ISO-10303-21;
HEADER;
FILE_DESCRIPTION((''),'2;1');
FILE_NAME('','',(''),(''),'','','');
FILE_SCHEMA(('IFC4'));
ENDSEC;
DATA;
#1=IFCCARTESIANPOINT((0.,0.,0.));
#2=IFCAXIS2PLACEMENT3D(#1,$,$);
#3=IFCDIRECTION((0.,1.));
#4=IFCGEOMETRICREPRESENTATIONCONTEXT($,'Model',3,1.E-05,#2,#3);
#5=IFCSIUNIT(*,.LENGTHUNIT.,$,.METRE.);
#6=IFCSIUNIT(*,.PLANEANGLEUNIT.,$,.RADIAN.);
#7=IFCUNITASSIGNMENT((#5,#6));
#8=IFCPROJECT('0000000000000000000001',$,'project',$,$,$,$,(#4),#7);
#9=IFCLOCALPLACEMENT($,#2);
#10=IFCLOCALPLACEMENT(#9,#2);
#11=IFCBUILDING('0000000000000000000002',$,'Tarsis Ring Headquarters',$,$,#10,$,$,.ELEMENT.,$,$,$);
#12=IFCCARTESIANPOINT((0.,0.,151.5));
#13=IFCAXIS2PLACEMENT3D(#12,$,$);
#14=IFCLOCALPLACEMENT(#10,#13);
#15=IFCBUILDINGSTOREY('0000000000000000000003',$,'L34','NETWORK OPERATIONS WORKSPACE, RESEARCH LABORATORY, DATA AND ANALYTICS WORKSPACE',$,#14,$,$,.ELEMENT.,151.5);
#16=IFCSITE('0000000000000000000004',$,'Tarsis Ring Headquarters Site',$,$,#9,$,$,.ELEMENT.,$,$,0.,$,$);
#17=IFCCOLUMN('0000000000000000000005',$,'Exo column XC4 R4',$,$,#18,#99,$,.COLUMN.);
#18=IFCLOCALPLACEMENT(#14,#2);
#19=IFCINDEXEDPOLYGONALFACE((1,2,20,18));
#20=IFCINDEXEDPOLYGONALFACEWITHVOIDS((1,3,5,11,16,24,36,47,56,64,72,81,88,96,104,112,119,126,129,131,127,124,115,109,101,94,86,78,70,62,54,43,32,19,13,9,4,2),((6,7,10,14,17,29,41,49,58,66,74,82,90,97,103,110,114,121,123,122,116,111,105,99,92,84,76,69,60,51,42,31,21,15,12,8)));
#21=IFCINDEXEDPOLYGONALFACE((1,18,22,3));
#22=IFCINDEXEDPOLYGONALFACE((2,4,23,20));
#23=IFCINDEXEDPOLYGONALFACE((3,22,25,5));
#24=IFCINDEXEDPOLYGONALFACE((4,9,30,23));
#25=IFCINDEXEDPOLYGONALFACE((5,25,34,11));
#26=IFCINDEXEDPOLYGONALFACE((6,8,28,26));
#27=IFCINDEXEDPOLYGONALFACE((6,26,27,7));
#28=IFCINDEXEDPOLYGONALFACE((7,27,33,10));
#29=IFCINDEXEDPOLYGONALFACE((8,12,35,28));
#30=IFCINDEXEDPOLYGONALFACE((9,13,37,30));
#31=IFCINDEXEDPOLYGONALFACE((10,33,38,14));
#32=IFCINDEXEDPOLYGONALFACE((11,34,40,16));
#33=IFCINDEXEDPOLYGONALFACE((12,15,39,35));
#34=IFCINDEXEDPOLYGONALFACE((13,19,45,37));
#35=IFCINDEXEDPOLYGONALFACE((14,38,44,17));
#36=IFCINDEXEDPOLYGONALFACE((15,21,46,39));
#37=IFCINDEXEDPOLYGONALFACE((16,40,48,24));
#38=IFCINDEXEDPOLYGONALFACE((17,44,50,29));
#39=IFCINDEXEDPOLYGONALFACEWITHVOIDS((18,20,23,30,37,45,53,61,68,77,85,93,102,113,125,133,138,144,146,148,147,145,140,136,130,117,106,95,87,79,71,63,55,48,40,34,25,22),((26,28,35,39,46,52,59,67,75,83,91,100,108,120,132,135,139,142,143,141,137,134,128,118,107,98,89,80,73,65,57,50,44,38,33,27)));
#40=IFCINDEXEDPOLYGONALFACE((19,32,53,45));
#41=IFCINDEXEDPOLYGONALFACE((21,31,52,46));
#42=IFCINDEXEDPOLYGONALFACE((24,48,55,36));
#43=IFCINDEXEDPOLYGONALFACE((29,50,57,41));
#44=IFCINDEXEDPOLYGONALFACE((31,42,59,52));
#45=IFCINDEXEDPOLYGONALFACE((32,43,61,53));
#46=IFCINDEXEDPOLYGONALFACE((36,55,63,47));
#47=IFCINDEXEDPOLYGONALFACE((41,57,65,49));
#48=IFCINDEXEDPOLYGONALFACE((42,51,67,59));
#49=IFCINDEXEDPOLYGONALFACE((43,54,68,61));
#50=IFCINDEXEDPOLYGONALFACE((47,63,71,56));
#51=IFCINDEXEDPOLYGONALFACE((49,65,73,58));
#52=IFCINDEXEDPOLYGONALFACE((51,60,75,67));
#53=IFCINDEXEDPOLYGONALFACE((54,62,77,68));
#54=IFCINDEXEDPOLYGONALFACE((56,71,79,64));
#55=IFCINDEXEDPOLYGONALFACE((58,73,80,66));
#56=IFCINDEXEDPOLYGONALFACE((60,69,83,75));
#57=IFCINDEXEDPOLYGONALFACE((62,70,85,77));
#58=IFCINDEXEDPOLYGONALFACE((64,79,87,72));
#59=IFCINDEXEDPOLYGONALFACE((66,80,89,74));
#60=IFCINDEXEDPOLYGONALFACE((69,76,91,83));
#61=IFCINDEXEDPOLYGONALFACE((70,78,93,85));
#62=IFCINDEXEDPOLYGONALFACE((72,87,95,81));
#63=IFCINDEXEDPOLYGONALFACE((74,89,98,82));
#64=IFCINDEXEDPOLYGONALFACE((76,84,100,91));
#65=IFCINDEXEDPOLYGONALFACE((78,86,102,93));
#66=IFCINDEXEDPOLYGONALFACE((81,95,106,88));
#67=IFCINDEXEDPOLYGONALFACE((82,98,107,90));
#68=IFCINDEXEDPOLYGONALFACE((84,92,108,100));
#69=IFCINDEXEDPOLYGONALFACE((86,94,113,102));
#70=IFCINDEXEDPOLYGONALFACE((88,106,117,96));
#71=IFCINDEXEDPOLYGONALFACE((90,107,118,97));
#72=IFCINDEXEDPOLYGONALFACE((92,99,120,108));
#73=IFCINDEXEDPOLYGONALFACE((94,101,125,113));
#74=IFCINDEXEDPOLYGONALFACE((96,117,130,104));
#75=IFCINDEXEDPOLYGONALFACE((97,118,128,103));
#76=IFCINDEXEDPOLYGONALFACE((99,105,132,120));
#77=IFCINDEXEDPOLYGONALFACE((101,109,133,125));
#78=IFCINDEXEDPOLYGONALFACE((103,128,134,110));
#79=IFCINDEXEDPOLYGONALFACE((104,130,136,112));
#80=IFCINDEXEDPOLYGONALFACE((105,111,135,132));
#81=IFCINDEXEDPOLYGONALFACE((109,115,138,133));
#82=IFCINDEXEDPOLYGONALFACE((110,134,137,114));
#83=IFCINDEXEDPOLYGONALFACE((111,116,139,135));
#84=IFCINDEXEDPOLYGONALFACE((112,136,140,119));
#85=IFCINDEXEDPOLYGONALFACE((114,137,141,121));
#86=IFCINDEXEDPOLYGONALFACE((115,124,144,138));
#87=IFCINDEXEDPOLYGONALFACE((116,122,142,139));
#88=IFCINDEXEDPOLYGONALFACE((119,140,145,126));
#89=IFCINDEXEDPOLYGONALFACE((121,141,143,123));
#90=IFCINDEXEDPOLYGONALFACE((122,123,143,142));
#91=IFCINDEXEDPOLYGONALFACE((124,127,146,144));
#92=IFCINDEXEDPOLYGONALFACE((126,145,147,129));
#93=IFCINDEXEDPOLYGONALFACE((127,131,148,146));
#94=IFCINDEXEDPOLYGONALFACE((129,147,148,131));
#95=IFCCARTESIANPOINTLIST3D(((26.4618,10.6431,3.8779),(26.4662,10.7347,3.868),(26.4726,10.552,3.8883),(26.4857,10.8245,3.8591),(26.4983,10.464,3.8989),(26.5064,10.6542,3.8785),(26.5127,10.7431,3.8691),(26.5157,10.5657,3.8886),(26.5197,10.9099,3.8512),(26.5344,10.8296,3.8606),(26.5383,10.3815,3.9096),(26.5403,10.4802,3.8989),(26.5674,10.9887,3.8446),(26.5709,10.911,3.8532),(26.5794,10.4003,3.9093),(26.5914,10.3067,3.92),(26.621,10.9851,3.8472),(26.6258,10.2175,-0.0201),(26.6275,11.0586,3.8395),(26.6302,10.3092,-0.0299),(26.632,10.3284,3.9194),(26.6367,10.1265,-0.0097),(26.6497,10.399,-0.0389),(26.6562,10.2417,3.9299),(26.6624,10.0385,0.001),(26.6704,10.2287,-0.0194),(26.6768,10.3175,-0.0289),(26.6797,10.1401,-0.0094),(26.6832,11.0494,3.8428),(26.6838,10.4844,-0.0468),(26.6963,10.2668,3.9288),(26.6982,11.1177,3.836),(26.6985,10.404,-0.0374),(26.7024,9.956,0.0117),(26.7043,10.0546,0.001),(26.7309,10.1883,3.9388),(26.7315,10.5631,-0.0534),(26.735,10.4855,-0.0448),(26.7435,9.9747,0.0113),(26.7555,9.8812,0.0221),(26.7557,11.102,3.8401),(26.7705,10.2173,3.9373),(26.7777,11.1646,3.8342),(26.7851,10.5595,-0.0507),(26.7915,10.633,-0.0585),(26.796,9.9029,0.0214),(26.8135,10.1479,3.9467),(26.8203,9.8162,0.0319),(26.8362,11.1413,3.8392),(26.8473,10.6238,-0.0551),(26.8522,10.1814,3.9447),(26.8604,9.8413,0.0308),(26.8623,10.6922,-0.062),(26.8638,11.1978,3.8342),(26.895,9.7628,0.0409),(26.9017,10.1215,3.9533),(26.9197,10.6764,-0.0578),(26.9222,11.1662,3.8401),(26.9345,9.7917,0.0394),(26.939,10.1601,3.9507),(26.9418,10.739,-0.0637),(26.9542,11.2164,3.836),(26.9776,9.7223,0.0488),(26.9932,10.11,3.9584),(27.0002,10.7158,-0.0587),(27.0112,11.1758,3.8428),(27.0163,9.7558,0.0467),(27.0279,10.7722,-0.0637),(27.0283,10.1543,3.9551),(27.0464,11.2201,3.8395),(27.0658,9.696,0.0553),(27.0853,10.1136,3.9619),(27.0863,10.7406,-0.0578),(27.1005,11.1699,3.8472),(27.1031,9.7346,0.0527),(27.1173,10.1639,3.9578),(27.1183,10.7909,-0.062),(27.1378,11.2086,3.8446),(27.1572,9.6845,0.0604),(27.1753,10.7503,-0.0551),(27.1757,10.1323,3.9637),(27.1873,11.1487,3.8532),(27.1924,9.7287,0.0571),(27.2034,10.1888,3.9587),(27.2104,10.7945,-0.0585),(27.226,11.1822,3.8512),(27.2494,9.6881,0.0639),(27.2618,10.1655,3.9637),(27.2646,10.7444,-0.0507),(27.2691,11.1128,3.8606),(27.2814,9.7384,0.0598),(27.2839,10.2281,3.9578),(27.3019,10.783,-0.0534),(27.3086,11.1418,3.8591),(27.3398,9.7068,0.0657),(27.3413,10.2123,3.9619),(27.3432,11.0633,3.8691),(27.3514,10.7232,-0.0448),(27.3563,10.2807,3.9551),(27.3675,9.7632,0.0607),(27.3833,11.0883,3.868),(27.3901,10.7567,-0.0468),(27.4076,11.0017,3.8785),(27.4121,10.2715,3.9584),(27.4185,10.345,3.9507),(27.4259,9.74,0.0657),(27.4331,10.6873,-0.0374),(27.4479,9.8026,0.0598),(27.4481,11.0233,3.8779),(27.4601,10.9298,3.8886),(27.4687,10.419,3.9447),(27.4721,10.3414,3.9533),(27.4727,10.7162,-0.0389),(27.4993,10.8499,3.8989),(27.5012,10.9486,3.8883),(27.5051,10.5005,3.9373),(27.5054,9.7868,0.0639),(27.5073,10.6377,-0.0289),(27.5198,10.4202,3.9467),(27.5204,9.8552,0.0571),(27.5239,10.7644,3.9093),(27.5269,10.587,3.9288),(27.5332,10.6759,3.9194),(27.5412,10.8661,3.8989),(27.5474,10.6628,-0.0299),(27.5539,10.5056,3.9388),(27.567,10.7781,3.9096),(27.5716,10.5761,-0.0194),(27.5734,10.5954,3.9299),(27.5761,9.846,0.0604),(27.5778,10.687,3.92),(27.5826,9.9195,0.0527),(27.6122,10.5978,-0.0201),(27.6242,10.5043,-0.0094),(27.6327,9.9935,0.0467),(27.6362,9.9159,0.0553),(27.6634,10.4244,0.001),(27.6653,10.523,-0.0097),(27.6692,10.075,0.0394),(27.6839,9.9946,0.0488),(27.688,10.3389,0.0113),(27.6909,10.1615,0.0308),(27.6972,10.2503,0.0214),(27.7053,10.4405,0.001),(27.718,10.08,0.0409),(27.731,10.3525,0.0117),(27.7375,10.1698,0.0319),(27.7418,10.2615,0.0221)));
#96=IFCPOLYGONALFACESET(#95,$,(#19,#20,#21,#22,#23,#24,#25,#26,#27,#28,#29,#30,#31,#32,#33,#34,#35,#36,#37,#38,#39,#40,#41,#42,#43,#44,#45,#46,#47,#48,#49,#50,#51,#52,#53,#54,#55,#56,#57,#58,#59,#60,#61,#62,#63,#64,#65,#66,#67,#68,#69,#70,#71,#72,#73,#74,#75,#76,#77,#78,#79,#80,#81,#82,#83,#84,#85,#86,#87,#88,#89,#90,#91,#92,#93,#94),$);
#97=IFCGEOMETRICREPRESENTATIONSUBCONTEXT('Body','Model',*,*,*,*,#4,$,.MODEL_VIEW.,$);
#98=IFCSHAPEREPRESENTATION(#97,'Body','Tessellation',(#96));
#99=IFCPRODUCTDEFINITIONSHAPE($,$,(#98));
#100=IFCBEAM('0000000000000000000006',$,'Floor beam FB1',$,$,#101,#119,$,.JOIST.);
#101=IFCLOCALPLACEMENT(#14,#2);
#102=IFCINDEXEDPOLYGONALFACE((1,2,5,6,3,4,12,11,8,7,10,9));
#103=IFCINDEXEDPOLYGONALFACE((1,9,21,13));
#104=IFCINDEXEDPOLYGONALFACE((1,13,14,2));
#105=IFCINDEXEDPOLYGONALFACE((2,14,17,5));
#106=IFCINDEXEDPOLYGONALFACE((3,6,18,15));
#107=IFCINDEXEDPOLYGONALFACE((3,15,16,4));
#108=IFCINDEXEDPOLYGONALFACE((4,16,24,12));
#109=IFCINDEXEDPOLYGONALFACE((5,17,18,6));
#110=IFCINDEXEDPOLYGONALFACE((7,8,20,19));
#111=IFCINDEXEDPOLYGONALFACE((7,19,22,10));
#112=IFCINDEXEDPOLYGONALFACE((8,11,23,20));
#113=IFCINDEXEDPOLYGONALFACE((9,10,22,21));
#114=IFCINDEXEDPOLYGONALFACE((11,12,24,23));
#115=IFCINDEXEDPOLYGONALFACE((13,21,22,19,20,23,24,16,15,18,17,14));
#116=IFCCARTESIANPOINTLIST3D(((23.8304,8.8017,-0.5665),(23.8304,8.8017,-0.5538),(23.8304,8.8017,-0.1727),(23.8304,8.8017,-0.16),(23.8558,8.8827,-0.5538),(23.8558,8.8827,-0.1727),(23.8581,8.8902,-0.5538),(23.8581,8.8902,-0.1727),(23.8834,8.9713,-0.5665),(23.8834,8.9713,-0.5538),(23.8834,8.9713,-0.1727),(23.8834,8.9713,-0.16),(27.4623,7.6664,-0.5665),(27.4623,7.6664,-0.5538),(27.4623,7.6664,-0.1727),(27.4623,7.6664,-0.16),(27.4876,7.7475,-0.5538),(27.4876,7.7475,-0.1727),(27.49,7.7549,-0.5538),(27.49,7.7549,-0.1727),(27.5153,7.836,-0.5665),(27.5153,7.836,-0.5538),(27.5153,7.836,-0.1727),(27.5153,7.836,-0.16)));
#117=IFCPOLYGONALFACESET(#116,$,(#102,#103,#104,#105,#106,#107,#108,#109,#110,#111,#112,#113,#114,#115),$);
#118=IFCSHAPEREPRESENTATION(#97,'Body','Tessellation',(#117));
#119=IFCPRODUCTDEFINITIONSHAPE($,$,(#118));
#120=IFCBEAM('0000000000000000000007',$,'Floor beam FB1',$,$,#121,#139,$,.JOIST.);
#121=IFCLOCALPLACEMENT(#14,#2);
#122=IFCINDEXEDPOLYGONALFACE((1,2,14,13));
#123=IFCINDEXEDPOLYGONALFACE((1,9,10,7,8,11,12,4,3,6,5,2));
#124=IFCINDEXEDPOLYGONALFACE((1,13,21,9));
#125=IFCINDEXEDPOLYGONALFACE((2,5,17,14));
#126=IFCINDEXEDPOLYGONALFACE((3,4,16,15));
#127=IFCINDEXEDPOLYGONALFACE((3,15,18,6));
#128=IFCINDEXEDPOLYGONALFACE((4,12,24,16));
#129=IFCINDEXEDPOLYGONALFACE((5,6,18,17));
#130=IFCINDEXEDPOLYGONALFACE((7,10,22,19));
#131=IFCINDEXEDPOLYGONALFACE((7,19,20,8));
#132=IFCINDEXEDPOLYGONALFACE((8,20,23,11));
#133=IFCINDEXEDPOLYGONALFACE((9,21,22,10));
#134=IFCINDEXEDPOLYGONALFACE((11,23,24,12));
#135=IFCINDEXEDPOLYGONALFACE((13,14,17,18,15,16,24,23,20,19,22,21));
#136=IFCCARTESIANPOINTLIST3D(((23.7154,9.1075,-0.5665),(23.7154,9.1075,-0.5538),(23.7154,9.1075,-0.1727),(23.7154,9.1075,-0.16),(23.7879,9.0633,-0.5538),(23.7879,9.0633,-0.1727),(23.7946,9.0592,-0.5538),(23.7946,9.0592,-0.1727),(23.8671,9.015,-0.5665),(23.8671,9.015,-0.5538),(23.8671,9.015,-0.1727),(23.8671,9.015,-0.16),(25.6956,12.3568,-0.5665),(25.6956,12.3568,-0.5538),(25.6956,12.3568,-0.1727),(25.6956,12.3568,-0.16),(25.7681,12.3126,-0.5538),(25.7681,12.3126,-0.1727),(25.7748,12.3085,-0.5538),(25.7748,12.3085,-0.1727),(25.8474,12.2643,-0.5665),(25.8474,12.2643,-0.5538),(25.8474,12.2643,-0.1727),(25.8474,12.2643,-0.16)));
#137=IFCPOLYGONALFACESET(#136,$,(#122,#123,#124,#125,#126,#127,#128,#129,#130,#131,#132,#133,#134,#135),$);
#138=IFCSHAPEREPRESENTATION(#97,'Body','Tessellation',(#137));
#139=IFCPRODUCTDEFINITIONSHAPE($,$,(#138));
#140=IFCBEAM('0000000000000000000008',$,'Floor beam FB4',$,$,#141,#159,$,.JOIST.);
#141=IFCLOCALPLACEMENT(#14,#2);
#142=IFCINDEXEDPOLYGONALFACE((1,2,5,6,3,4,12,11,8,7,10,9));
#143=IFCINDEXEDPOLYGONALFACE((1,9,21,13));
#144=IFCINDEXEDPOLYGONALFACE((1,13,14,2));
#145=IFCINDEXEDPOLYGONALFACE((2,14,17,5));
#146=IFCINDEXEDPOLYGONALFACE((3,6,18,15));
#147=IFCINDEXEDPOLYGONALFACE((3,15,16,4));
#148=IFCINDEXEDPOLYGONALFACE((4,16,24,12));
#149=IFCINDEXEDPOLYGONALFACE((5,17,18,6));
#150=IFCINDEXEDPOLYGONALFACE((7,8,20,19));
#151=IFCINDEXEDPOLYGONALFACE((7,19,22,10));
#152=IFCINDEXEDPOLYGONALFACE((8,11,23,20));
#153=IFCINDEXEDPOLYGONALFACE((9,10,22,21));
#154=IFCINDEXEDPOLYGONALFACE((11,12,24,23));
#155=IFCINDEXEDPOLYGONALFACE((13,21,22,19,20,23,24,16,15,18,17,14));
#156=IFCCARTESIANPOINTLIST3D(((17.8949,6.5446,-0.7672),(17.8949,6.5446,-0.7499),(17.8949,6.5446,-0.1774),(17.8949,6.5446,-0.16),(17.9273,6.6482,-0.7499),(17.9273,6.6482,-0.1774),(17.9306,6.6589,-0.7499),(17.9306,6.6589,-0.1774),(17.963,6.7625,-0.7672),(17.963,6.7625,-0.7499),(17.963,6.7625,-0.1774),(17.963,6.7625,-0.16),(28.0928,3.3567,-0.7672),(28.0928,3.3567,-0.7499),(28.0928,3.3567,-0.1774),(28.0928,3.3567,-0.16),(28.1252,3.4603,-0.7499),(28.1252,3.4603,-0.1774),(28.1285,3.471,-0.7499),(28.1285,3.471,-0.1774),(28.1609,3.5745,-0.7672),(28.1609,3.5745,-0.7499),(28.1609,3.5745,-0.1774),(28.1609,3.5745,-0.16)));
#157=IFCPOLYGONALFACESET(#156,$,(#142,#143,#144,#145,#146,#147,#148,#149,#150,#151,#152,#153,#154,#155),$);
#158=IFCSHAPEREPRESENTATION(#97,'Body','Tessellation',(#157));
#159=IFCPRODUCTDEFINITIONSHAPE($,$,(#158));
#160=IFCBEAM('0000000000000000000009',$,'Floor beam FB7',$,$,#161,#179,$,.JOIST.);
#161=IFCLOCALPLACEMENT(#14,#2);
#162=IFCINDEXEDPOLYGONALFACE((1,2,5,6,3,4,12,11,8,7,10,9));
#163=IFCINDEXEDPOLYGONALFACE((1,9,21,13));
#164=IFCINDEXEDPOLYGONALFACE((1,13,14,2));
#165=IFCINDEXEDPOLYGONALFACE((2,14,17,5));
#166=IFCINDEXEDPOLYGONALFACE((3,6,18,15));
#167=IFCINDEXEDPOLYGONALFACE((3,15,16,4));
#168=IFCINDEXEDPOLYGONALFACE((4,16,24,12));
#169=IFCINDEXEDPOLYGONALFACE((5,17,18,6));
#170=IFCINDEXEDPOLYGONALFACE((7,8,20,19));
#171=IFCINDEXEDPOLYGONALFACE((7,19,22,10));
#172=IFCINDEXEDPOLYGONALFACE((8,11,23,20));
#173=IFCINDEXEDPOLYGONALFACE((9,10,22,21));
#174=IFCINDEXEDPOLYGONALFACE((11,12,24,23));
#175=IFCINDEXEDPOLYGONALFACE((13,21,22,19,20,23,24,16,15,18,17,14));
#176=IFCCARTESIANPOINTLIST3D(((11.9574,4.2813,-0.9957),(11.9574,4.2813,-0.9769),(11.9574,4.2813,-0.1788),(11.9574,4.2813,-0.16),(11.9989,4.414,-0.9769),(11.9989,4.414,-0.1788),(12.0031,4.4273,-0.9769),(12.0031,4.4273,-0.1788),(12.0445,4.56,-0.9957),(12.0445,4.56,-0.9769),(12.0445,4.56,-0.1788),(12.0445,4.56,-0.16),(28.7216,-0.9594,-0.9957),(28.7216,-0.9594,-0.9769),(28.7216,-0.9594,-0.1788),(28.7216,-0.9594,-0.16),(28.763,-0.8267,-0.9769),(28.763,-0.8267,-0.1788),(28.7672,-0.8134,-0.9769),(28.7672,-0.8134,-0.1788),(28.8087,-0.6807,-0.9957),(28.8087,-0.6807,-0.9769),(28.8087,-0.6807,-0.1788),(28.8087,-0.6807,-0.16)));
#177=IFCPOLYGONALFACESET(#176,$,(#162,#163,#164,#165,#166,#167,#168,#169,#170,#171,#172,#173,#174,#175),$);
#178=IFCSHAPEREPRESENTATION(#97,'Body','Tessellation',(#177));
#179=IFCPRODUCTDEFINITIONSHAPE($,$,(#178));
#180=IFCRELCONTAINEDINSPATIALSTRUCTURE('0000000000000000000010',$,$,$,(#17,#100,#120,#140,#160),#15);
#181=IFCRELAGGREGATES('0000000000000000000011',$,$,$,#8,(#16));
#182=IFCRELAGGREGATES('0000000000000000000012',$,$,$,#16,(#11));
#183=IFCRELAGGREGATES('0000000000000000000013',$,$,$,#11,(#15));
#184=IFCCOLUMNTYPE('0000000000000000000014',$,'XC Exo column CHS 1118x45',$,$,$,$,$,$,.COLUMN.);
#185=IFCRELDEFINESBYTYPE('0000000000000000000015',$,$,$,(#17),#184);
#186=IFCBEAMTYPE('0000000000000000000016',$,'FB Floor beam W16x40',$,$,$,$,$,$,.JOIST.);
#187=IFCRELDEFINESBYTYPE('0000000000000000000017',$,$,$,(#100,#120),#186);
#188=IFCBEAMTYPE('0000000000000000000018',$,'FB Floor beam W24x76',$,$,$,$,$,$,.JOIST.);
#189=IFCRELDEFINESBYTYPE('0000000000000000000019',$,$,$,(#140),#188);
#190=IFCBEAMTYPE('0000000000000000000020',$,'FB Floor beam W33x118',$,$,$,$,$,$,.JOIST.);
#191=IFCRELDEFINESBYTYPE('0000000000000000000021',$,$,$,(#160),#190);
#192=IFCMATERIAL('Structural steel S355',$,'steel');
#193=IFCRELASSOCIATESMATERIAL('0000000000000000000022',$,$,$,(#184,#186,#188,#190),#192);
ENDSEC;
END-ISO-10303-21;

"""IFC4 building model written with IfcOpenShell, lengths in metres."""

from ifc_helpers import new_model, si_unit, direction, frame, origin, origin_2d, place, context, subcontext, project, spatial, hollow_circle, i_section, extrude, material, material_profile, profile_set, type_object, element, save


model = new_model("IFC4")

# Units and contexts
model_context = context("Model", 3, precision=1e-05, world=origin(), true_north=direction((0.0, 1.0)))
body_context = subcontext(model_context, "Body", "Model", "MODEL_VIEW")
ifc_project = project(units=[si_unit("LENGTHUNIT", "METRE"), si_unit("PLANEANGLEUNIT", "RADIAN")], contexts=[model_context])

# Site, building, storey
site_placement = place(None, origin())
site = spatial("IfcSite", under=ifc_project, at=site_placement, Name="Tarsis Ring Headquarters Site", CompositionType="ELEMENT", RefElevation=0.0)
building_placement = place(site_placement, origin())
building = spatial("IfcBuilding", under=site, at=building_placement, Name="Tarsis Ring Headquarters", CompositionType="ELEMENT")
storey_placement = place(building_placement, frame((0.0, 0.0, 151.5)))
storey = spatial("IfcBuildingStorey", under=building, at=storey_placement, Name="L34", Description="NETWORK OPERATIONS WORKSPACE, RESEARCH LABORATORY, DATA AND ANALYTICS WORKSPACE", CompositionType="ELEMENT", Elevation=151.5)

# Column
ifc_material_1 = material(Name="Structural steel S355", Category="steel")
ifc_material_profile_1 = material_profile(ifc_material_1, hollow_circle(Radius=0.5588, WallThickness=0.0449, at=origin_2d()), Name="CHS 1118x45")
ifc_profile_set_1 = profile_set([ifc_material_profile_1], Name="Structural steel S355")
column_type = type_object("IfcColumnType", Name="XC Exo column CHS 1118x45", PredefinedType="COLUMN", material=ifc_profile_set_1)
column_placement = place(storey_placement, frame((27.1838, 10.2395, 0.001), z_axis=(-0.041804, 0.10843, 0.993225), x_axis=(-0.933056, -0.359732, 0.0)))
element("IfcColumn", 1, at=column_placement, inside=storey, type_object=column_type, Name="Exo column XC4 R4", PredefinedType="COLUMN", context=body_context, shape_type="SweptSolid", body=[
    extrude(hollow_circle(Radius=0.5588, WallThickness=0.0449, at=origin_2d()), origin(), (0.0, 0.0, 1.0), 3.9246),
])

# Beams
ifc_material_profile_2 = material_profile(ifc_material_1, i_section(OverallWidth=0.1777, OverallDepth=0.4065, WebThickness=0.0078, FlangeThickness=0.0127, at=origin_2d()), Name="W16x40")
ifc_profile_set_2 = profile_set([ifc_material_profile_2], Name="Structural steel S355")
beam_type_1 = type_object("IfcBeamType", Name="FB Floor beam W16x40", PredefinedType="JOIST", material=ifc_profile_set_2)
for number, where, z_axis, x_axis, name in (
    (2, (23.8569, 8.8865, -0.3633), (0.954457, -0.298348, 0.0), (0.298348, 0.954457, 0.0), "Floor beam FB1"),
    (3, (25.7715, 12.3105, -0.3633), (-0.520409, -0.853917, 0.0), (0.853917, -0.520409, 0.0), "Floor beam FB1"),
):
    element("IfcBeam", number, at=place(storey_placement, frame(where, z_axis=z_axis, x_axis=x_axis)), inside=storey, type_object=beam_type_1, Name=name, PredefinedType="JOIST", context=body_context, shape_type="SweptSolid", body=[
        extrude(i_section(OverallWidth=0.1777, OverallDepth=0.4065, WebThickness=0.0078, FlangeThickness=0.0127, at=origin_2d()), origin(), (0.0, 0.0, 1.0), 3.8052),
    ])
ifc_material_profile_3 = material_profile(ifc_material_1, i_section(OverallWidth=0.2283, OverallDepth=0.6072, WebThickness=0.0112, FlangeThickness=0.0173, at=origin_2d()), Name="W24x76")
ifc_profile_set_3 = profile_set([ifc_material_profile_3], Name="Structural steel S355")
beam_type_2 = type_object("IfcBeamType", Name="FB Floor beam W24x76", PredefinedType="JOIST", material=ifc_profile_set_3)
beam_1_placement = place(storey_placement, frame((17.929, 6.6536, -0.4636), z_axis=(0.95445, -0.29837, 0.0), x_axis=(0.29837, 0.95445, 0.0)))
element("IfcBeam", 4, at=beam_1_placement, inside=storey, type_object=beam_type_2, Name="Floor beam FB4", PredefinedType="JOIST", context=body_context, shape_type="SweptSolid", body=[
    extrude(i_section(OverallWidth=0.2283, OverallDepth=0.6072, WebThickness=0.0112, FlangeThickness=0.0173, at=origin_2d()), origin(), (0.0, 0.0, 1.0), 10.6846),
])
ifc_material_profile_4 = material_profile(ifc_material_1, i_section(OverallWidth=0.292, OverallDepth=0.8357, WebThickness=0.0139, FlangeThickness=0.0188, at=origin_2d()), Name="W33x118")
ifc_profile_set_4 = profile_set([ifc_material_profile_4], Name="Structural steel S355")
beam_type_3 = type_object("IfcBeamType", Name="FB Floor beam W33x118", PredefinedType="JOIST", material=ifc_profile_set_4)
beam_2_placement = place(storey_placement, frame((12.001, 4.4207, -0.5779), z_axis=(0.954449, -0.298375, 0.0), x_axis=(0.298375, 0.954449, 0.0)))
element("IfcBeam", 5, at=beam_2_placement, inside=storey, type_object=beam_type_3, Name="Floor beam FB7", PredefinedType="JOIST", context=body_context, shape_type="SweptSolid", body=[
    extrude(i_section(OverallWidth=0.292, OverallDepth=0.8357, WebThickness=0.0139, FlangeThickness=0.0188, at=origin_2d()), origin(), (0.0, 0.0, 1.0), 17.5642),
])

save(model, "model.ifc")
